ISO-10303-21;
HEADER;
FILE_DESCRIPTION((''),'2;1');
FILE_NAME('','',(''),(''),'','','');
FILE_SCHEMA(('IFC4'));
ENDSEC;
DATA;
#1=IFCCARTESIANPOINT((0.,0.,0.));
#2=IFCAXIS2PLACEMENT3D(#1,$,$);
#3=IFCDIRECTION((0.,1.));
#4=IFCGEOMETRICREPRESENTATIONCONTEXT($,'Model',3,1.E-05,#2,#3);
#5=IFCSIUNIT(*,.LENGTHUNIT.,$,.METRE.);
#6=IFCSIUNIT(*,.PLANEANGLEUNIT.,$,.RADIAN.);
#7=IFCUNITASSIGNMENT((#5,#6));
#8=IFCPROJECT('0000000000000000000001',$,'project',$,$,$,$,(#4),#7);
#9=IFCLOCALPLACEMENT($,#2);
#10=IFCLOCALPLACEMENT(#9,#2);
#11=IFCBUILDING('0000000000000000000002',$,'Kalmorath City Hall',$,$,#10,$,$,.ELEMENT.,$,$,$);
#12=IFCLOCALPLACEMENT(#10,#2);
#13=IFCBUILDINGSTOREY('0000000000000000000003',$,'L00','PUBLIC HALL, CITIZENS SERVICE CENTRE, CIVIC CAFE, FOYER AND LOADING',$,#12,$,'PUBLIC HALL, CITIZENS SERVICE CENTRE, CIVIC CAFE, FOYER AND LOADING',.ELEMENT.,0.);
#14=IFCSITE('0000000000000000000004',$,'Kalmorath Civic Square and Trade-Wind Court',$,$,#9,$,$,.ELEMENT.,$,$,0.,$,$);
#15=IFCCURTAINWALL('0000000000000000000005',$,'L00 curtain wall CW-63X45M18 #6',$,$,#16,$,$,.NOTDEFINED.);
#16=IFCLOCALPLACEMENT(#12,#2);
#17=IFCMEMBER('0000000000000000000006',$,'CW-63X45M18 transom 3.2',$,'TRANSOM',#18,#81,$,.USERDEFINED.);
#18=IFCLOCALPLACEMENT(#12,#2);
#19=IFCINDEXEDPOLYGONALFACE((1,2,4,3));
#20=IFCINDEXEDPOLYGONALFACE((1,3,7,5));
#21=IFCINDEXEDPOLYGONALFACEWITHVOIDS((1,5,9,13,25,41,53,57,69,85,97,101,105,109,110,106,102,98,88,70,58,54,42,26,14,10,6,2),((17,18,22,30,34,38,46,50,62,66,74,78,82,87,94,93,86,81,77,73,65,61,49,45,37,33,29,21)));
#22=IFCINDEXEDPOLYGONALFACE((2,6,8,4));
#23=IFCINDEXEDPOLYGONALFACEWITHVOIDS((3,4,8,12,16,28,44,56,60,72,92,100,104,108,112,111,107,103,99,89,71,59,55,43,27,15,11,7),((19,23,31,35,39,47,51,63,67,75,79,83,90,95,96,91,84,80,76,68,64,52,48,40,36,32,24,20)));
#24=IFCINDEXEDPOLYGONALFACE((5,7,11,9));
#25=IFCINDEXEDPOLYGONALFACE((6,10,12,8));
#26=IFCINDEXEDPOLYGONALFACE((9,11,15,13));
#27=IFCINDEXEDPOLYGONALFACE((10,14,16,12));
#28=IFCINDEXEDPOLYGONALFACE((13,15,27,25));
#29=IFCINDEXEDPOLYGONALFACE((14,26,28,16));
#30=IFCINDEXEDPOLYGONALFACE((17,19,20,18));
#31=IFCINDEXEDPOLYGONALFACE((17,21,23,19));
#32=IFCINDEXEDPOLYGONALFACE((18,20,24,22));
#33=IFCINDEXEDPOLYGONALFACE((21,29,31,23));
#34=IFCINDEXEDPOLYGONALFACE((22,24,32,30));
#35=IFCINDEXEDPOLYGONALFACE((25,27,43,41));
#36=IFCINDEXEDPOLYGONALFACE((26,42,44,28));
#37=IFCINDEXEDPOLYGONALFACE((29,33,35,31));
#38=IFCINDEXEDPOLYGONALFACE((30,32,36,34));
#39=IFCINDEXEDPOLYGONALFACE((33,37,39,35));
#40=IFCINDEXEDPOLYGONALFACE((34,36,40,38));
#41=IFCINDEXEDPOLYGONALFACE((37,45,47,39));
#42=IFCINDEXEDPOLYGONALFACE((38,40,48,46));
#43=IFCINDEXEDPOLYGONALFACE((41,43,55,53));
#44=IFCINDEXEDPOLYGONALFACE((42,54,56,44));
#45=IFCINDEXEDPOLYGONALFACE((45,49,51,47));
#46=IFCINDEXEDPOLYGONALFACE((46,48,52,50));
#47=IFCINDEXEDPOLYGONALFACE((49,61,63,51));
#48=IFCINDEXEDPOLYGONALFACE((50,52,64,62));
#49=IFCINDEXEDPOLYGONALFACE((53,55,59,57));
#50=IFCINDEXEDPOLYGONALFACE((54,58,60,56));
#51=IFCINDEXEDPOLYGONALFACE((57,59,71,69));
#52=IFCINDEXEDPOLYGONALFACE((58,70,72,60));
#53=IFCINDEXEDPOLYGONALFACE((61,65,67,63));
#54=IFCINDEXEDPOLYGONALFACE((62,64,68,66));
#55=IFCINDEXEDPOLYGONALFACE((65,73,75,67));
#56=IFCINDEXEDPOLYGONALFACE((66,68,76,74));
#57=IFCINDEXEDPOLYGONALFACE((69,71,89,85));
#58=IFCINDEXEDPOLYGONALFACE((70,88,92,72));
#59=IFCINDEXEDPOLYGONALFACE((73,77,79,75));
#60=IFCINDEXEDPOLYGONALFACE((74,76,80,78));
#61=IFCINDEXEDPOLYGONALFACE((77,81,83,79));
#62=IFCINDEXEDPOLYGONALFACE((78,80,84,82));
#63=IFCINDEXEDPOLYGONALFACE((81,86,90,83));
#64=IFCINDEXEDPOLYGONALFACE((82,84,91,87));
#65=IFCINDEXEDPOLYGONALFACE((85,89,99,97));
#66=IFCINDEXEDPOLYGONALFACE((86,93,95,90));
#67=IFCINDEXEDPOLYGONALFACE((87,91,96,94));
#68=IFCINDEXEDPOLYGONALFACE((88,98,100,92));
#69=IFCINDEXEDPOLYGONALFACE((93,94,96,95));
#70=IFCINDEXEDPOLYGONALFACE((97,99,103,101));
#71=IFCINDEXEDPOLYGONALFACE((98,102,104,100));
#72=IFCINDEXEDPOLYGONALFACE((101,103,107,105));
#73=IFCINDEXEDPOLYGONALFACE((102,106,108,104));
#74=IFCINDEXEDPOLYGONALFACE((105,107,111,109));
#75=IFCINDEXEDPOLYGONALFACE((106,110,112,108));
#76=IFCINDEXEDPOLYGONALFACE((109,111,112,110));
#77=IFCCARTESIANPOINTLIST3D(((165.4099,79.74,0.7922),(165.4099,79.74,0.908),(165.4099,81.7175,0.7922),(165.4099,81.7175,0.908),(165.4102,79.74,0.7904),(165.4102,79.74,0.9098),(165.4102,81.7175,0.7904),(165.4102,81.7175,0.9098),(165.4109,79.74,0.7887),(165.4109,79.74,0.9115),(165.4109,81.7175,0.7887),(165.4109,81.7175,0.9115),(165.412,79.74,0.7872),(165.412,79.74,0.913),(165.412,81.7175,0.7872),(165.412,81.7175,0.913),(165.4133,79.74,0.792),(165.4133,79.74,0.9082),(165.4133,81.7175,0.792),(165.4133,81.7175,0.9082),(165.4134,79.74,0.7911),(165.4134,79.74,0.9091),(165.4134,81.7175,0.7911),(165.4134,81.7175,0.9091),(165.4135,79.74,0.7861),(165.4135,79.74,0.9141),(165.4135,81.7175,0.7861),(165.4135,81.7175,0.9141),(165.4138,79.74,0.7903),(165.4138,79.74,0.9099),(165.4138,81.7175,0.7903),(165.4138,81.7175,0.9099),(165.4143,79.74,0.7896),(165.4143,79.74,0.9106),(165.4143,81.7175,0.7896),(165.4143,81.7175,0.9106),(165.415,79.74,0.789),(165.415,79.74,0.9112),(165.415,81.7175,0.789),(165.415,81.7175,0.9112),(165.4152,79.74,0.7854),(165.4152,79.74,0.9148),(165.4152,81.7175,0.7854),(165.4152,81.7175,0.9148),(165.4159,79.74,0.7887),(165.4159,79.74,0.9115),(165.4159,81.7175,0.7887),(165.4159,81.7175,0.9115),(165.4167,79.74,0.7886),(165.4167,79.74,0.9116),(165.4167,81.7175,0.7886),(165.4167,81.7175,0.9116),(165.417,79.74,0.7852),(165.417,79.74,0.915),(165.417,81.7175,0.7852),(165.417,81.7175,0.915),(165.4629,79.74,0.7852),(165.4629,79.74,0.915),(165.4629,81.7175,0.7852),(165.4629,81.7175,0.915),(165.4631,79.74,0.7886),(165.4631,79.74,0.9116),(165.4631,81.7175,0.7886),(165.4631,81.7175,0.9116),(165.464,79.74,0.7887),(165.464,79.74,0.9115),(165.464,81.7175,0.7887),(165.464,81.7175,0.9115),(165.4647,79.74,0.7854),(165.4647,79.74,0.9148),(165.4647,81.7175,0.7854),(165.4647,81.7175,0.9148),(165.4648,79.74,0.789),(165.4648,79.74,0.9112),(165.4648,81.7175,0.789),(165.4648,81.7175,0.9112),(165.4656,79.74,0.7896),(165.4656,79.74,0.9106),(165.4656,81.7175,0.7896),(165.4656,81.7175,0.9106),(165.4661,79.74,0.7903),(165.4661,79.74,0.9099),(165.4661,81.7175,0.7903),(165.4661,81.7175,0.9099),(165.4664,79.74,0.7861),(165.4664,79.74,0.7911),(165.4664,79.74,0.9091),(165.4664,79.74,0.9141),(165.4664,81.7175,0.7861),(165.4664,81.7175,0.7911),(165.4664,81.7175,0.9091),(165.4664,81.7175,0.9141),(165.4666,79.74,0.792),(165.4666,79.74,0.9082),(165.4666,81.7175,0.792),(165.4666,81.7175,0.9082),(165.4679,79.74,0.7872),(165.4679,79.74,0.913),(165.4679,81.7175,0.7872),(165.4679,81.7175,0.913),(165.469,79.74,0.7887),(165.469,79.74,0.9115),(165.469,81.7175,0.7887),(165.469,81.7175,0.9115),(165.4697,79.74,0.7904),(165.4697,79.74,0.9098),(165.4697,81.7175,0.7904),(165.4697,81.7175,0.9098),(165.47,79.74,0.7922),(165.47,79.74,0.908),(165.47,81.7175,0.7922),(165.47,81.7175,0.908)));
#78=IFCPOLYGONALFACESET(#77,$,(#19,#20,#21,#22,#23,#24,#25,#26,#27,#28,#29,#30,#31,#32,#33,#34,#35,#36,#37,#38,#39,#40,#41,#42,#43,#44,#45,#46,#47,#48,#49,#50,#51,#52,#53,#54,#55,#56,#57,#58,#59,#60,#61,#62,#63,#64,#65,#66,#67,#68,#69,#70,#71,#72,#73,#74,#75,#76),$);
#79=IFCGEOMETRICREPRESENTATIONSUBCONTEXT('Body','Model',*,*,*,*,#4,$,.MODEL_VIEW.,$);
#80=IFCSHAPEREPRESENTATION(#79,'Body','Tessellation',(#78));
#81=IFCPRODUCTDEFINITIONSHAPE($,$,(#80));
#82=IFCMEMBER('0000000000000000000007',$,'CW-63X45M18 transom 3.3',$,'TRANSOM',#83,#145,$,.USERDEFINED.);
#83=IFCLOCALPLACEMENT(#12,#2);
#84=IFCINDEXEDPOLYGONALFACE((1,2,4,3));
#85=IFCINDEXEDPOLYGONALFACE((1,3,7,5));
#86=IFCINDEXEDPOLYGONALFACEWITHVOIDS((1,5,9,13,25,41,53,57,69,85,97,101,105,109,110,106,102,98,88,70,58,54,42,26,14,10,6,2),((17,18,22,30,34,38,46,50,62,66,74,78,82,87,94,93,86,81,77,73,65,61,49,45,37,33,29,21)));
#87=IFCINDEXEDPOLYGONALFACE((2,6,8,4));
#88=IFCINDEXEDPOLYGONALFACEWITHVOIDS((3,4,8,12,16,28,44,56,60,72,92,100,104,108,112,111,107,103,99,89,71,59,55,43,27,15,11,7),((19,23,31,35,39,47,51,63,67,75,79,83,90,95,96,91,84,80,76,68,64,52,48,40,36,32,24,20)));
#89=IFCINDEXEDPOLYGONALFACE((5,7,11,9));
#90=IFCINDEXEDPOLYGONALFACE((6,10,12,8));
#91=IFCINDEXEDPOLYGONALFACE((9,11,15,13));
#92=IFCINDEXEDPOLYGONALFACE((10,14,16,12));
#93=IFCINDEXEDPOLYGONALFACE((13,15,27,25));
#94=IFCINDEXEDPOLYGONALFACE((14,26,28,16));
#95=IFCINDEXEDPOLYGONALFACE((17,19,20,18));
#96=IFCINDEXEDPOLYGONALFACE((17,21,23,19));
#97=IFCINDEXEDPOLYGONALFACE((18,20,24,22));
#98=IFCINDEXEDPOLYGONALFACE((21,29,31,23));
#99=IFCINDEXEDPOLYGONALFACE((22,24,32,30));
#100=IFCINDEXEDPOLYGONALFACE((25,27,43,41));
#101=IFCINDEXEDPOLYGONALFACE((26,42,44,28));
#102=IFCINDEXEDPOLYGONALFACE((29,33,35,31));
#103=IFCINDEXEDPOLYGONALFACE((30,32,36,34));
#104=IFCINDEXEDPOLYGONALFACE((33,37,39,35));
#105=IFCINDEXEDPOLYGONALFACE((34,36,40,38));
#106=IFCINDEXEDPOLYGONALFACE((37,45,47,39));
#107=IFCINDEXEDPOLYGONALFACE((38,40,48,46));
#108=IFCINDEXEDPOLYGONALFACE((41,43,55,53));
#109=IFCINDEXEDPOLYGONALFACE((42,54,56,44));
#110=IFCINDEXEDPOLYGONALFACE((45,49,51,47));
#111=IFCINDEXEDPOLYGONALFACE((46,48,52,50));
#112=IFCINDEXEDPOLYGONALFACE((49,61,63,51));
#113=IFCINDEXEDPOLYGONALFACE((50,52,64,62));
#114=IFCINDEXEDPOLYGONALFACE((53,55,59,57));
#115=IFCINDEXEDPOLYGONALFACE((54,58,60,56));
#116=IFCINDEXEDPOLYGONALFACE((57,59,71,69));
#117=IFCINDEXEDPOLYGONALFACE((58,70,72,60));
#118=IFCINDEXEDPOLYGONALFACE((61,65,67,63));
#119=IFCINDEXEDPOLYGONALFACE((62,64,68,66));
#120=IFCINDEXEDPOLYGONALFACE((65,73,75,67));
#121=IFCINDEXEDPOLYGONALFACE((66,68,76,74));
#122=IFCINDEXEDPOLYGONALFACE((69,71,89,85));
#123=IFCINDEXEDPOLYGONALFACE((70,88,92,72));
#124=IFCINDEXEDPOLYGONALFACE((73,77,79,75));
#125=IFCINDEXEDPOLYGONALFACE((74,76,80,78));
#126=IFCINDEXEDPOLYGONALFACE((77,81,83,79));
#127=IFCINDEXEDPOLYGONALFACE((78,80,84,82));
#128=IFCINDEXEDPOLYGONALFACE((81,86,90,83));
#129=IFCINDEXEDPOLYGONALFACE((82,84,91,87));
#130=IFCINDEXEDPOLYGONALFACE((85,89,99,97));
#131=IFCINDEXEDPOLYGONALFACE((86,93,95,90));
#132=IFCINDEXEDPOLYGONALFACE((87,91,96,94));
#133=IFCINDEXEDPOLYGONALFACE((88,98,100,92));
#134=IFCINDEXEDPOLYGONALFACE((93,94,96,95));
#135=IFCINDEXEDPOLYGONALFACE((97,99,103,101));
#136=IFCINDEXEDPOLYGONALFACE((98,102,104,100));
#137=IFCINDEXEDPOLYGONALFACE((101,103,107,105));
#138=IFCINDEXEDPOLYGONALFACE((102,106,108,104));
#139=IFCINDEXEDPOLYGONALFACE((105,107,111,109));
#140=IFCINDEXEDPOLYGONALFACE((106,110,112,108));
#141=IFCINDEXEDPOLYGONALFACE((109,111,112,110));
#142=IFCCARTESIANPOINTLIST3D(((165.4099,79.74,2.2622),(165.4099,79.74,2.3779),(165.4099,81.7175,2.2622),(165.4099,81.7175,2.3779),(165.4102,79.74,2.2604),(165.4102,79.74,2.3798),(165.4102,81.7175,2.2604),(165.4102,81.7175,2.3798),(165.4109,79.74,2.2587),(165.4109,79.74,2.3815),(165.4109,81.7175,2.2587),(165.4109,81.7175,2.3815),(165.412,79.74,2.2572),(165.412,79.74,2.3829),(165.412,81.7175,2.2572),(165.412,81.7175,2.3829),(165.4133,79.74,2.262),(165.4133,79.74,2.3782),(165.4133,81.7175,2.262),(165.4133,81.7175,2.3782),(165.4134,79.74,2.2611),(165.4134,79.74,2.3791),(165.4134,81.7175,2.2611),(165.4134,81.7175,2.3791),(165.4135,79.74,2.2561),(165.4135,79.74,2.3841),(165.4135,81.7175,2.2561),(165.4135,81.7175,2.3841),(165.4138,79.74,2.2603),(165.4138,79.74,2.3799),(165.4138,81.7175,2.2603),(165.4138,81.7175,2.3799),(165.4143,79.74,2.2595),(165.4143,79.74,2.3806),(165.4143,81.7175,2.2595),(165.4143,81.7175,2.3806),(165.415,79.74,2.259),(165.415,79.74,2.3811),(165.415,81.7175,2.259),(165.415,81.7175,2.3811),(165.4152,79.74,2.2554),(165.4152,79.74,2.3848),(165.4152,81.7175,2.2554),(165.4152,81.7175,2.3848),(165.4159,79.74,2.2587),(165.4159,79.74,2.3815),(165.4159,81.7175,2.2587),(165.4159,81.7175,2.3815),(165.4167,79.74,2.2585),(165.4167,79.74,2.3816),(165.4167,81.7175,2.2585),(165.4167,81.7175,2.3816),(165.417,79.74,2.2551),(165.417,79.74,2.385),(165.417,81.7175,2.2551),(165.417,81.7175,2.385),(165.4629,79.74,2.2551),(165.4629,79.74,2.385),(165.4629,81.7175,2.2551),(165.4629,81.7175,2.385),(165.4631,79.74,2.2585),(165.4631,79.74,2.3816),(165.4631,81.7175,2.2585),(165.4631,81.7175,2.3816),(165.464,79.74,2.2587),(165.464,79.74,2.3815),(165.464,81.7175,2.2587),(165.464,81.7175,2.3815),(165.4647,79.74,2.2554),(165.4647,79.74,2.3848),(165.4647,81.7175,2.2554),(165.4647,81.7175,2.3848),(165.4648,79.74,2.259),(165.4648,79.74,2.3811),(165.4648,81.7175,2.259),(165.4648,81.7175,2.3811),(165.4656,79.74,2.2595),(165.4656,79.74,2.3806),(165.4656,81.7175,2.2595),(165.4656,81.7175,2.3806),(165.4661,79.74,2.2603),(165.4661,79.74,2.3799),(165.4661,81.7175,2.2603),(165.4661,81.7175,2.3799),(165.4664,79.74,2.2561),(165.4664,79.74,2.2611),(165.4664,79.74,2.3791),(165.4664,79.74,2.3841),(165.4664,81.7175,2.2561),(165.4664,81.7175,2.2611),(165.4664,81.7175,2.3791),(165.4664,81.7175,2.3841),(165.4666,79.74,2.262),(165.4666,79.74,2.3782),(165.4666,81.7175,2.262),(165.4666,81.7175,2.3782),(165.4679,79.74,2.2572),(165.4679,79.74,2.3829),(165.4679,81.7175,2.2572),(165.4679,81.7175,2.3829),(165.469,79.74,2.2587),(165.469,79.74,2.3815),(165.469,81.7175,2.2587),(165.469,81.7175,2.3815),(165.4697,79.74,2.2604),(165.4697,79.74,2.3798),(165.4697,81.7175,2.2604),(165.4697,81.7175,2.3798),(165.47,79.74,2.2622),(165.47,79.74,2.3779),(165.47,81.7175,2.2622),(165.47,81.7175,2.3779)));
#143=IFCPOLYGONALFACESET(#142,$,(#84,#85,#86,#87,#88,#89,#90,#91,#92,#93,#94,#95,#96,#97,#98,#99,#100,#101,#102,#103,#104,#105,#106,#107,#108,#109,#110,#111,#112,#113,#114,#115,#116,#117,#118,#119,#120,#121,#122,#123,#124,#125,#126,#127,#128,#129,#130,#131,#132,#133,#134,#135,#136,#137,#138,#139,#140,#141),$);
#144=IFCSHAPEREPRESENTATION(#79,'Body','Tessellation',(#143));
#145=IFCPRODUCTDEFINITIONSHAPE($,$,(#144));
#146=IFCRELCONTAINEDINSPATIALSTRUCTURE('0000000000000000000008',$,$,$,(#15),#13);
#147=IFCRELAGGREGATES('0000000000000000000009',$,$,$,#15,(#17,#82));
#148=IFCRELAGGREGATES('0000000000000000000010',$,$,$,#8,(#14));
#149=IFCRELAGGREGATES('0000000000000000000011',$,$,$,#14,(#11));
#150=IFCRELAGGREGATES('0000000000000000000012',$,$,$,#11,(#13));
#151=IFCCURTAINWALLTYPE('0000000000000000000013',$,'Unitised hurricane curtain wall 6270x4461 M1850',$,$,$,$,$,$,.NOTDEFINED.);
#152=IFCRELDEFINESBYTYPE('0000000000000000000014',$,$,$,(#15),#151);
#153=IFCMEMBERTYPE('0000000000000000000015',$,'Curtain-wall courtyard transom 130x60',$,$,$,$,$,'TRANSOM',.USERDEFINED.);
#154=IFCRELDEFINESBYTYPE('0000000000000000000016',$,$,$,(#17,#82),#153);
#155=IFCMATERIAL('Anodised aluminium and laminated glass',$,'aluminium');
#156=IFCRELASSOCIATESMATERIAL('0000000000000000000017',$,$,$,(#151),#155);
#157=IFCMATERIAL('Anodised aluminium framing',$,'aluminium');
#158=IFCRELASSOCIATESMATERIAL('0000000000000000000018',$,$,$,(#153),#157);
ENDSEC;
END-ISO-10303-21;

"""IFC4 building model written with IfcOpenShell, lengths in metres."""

from ifc_helpers import new_model, si_unit, direction, frame, origin, origin_2d, place, context, subcontext, project, spatial, hollow_rectangle, extrude, material, material_profile, profile_set, type_object, element, aggregate, save


model = new_model("IFC4")

# Units and contexts
model_context = context("Model", 3, precision=1e-05, world=origin(), true_north=direction((0.0, 1.0)))
body_context = subcontext(model_context, "Body", "Model", "MODEL_VIEW")
ifc_project = project(units=[si_unit("LENGTHUNIT", "METRE"), si_unit("PLANEANGLEUNIT", "RADIAN")], contexts=[model_context])

# Site, building, storey
site_placement = place(None, origin())
site = spatial("IfcSite", under=ifc_project, at=site_placement, Name="Kalmorath Civic Square and Trade-Wind Court", CompositionType="ELEMENT", RefElevation=0.0)
building_placement = place(site_placement, origin())
building = spatial("IfcBuilding", under=site, at=building_placement, Name="Kalmorath City Hall", CompositionType="ELEMENT")
storey_placement = place(building_placement, origin())
storey = spatial("IfcBuildingStorey", under=building, at=storey_placement, Name="L00", Description="PUBLIC HALL, CITIZENS SERVICE CENTRE, CIVIC CAFE, FOYER AND LOADING", LongName="PUBLIC HALL, CITIZENS SERVICE CENTRE, CIVIC CAFE, FOYER AND LOADING", CompositionType="ELEMENT", Elevation=0.0)

# Curtain wall, members
ifc_material_1 = material(Name="Anodised aluminium and laminated glass", Category="aluminium")
curtain_wall_type = type_object("IfcCurtainWallType", Name="Unitised hurricane curtain wall 6270x4461 M1850", PredefinedType="NOTDEFINED", material=ifc_material_1)
curtain_wall_placement = place(storey_placement, origin())
curtain_wall = element("IfcCurtainWall", 1, at=curtain_wall_placement, inside=storey, type_object=curtain_wall_type, Name="L00 curtain wall CW-63X45M18 #6", PredefinedType="NOTDEFINED")
ifc_material_2 = material(Name="Anodised aluminium framing", Category="aluminium")
ifc_material_profile_1 = material_profile(ifc_material_2, hollow_rectangle(XDim=0.0601, YDim=0.1299, WallThickness=0.0034, InnerFilletRadius=0.0034, OuterFilletRadius=0.0071, at=origin_2d()), Name="ALU-TRN-130X60X3.5")
ifc_profile_set_1 = profile_set([ifc_material_profile_1], Name="Anodised aluminium framing")
member_type_1 = type_object("IfcMemberType", Name="Curtain-wall courtyard transom 130x60", ElementType="TRANSOM", PredefinedType="USERDEFINED", material=ifc_profile_set_1)
member_1_placement = place(storey_placement, frame((165.4399, 81.7175, 0.8501), z_axis=(0.0, -1.0, 0.0), x_axis=(1.0, 0.0, 0.0)))
member_1 = element("IfcMember", 2, at=member_1_placement, type_object=member_type_1, Name="CW-63X45M18 transom 3.2", ObjectType="TRANSOM", PredefinedType="USERDEFINED", context=body_context, shape_type="SweptSolid", body=[
    extrude(hollow_rectangle(XDim=0.0601, YDim=0.1299, WallThickness=0.0034, InnerFilletRadius=0.0034, OuterFilletRadius=0.0071, at=origin_2d()), origin(), (0.0, 0.0, 1.0), 1.9775),
])
member_2_placement = place(storey_placement, frame((165.4399, 81.7175, 2.3201), z_axis=(0.0, -1.0, 0.0), x_axis=(1.0, 0.0, 0.0)))
member_2 = element("IfcMember", 3, at=member_2_placement, type_object=member_type_1, Name="CW-63X45M18 transom 3.3", ObjectType="TRANSOM", PredefinedType="USERDEFINED", context=body_context, shape_type="SweptSolid", body=[
    extrude(hollow_rectangle(XDim=0.0601, YDim=0.1299, WallThickness=0.0034, InnerFilletRadius=0.0034, OuterFilletRadius=0.0071, at=origin_2d()), origin(), (0.0, 0.0, 1.0), 1.9775),
])

aggregate(curtain_wall, [member_1, member_2])

save(model, "model.ifc")
